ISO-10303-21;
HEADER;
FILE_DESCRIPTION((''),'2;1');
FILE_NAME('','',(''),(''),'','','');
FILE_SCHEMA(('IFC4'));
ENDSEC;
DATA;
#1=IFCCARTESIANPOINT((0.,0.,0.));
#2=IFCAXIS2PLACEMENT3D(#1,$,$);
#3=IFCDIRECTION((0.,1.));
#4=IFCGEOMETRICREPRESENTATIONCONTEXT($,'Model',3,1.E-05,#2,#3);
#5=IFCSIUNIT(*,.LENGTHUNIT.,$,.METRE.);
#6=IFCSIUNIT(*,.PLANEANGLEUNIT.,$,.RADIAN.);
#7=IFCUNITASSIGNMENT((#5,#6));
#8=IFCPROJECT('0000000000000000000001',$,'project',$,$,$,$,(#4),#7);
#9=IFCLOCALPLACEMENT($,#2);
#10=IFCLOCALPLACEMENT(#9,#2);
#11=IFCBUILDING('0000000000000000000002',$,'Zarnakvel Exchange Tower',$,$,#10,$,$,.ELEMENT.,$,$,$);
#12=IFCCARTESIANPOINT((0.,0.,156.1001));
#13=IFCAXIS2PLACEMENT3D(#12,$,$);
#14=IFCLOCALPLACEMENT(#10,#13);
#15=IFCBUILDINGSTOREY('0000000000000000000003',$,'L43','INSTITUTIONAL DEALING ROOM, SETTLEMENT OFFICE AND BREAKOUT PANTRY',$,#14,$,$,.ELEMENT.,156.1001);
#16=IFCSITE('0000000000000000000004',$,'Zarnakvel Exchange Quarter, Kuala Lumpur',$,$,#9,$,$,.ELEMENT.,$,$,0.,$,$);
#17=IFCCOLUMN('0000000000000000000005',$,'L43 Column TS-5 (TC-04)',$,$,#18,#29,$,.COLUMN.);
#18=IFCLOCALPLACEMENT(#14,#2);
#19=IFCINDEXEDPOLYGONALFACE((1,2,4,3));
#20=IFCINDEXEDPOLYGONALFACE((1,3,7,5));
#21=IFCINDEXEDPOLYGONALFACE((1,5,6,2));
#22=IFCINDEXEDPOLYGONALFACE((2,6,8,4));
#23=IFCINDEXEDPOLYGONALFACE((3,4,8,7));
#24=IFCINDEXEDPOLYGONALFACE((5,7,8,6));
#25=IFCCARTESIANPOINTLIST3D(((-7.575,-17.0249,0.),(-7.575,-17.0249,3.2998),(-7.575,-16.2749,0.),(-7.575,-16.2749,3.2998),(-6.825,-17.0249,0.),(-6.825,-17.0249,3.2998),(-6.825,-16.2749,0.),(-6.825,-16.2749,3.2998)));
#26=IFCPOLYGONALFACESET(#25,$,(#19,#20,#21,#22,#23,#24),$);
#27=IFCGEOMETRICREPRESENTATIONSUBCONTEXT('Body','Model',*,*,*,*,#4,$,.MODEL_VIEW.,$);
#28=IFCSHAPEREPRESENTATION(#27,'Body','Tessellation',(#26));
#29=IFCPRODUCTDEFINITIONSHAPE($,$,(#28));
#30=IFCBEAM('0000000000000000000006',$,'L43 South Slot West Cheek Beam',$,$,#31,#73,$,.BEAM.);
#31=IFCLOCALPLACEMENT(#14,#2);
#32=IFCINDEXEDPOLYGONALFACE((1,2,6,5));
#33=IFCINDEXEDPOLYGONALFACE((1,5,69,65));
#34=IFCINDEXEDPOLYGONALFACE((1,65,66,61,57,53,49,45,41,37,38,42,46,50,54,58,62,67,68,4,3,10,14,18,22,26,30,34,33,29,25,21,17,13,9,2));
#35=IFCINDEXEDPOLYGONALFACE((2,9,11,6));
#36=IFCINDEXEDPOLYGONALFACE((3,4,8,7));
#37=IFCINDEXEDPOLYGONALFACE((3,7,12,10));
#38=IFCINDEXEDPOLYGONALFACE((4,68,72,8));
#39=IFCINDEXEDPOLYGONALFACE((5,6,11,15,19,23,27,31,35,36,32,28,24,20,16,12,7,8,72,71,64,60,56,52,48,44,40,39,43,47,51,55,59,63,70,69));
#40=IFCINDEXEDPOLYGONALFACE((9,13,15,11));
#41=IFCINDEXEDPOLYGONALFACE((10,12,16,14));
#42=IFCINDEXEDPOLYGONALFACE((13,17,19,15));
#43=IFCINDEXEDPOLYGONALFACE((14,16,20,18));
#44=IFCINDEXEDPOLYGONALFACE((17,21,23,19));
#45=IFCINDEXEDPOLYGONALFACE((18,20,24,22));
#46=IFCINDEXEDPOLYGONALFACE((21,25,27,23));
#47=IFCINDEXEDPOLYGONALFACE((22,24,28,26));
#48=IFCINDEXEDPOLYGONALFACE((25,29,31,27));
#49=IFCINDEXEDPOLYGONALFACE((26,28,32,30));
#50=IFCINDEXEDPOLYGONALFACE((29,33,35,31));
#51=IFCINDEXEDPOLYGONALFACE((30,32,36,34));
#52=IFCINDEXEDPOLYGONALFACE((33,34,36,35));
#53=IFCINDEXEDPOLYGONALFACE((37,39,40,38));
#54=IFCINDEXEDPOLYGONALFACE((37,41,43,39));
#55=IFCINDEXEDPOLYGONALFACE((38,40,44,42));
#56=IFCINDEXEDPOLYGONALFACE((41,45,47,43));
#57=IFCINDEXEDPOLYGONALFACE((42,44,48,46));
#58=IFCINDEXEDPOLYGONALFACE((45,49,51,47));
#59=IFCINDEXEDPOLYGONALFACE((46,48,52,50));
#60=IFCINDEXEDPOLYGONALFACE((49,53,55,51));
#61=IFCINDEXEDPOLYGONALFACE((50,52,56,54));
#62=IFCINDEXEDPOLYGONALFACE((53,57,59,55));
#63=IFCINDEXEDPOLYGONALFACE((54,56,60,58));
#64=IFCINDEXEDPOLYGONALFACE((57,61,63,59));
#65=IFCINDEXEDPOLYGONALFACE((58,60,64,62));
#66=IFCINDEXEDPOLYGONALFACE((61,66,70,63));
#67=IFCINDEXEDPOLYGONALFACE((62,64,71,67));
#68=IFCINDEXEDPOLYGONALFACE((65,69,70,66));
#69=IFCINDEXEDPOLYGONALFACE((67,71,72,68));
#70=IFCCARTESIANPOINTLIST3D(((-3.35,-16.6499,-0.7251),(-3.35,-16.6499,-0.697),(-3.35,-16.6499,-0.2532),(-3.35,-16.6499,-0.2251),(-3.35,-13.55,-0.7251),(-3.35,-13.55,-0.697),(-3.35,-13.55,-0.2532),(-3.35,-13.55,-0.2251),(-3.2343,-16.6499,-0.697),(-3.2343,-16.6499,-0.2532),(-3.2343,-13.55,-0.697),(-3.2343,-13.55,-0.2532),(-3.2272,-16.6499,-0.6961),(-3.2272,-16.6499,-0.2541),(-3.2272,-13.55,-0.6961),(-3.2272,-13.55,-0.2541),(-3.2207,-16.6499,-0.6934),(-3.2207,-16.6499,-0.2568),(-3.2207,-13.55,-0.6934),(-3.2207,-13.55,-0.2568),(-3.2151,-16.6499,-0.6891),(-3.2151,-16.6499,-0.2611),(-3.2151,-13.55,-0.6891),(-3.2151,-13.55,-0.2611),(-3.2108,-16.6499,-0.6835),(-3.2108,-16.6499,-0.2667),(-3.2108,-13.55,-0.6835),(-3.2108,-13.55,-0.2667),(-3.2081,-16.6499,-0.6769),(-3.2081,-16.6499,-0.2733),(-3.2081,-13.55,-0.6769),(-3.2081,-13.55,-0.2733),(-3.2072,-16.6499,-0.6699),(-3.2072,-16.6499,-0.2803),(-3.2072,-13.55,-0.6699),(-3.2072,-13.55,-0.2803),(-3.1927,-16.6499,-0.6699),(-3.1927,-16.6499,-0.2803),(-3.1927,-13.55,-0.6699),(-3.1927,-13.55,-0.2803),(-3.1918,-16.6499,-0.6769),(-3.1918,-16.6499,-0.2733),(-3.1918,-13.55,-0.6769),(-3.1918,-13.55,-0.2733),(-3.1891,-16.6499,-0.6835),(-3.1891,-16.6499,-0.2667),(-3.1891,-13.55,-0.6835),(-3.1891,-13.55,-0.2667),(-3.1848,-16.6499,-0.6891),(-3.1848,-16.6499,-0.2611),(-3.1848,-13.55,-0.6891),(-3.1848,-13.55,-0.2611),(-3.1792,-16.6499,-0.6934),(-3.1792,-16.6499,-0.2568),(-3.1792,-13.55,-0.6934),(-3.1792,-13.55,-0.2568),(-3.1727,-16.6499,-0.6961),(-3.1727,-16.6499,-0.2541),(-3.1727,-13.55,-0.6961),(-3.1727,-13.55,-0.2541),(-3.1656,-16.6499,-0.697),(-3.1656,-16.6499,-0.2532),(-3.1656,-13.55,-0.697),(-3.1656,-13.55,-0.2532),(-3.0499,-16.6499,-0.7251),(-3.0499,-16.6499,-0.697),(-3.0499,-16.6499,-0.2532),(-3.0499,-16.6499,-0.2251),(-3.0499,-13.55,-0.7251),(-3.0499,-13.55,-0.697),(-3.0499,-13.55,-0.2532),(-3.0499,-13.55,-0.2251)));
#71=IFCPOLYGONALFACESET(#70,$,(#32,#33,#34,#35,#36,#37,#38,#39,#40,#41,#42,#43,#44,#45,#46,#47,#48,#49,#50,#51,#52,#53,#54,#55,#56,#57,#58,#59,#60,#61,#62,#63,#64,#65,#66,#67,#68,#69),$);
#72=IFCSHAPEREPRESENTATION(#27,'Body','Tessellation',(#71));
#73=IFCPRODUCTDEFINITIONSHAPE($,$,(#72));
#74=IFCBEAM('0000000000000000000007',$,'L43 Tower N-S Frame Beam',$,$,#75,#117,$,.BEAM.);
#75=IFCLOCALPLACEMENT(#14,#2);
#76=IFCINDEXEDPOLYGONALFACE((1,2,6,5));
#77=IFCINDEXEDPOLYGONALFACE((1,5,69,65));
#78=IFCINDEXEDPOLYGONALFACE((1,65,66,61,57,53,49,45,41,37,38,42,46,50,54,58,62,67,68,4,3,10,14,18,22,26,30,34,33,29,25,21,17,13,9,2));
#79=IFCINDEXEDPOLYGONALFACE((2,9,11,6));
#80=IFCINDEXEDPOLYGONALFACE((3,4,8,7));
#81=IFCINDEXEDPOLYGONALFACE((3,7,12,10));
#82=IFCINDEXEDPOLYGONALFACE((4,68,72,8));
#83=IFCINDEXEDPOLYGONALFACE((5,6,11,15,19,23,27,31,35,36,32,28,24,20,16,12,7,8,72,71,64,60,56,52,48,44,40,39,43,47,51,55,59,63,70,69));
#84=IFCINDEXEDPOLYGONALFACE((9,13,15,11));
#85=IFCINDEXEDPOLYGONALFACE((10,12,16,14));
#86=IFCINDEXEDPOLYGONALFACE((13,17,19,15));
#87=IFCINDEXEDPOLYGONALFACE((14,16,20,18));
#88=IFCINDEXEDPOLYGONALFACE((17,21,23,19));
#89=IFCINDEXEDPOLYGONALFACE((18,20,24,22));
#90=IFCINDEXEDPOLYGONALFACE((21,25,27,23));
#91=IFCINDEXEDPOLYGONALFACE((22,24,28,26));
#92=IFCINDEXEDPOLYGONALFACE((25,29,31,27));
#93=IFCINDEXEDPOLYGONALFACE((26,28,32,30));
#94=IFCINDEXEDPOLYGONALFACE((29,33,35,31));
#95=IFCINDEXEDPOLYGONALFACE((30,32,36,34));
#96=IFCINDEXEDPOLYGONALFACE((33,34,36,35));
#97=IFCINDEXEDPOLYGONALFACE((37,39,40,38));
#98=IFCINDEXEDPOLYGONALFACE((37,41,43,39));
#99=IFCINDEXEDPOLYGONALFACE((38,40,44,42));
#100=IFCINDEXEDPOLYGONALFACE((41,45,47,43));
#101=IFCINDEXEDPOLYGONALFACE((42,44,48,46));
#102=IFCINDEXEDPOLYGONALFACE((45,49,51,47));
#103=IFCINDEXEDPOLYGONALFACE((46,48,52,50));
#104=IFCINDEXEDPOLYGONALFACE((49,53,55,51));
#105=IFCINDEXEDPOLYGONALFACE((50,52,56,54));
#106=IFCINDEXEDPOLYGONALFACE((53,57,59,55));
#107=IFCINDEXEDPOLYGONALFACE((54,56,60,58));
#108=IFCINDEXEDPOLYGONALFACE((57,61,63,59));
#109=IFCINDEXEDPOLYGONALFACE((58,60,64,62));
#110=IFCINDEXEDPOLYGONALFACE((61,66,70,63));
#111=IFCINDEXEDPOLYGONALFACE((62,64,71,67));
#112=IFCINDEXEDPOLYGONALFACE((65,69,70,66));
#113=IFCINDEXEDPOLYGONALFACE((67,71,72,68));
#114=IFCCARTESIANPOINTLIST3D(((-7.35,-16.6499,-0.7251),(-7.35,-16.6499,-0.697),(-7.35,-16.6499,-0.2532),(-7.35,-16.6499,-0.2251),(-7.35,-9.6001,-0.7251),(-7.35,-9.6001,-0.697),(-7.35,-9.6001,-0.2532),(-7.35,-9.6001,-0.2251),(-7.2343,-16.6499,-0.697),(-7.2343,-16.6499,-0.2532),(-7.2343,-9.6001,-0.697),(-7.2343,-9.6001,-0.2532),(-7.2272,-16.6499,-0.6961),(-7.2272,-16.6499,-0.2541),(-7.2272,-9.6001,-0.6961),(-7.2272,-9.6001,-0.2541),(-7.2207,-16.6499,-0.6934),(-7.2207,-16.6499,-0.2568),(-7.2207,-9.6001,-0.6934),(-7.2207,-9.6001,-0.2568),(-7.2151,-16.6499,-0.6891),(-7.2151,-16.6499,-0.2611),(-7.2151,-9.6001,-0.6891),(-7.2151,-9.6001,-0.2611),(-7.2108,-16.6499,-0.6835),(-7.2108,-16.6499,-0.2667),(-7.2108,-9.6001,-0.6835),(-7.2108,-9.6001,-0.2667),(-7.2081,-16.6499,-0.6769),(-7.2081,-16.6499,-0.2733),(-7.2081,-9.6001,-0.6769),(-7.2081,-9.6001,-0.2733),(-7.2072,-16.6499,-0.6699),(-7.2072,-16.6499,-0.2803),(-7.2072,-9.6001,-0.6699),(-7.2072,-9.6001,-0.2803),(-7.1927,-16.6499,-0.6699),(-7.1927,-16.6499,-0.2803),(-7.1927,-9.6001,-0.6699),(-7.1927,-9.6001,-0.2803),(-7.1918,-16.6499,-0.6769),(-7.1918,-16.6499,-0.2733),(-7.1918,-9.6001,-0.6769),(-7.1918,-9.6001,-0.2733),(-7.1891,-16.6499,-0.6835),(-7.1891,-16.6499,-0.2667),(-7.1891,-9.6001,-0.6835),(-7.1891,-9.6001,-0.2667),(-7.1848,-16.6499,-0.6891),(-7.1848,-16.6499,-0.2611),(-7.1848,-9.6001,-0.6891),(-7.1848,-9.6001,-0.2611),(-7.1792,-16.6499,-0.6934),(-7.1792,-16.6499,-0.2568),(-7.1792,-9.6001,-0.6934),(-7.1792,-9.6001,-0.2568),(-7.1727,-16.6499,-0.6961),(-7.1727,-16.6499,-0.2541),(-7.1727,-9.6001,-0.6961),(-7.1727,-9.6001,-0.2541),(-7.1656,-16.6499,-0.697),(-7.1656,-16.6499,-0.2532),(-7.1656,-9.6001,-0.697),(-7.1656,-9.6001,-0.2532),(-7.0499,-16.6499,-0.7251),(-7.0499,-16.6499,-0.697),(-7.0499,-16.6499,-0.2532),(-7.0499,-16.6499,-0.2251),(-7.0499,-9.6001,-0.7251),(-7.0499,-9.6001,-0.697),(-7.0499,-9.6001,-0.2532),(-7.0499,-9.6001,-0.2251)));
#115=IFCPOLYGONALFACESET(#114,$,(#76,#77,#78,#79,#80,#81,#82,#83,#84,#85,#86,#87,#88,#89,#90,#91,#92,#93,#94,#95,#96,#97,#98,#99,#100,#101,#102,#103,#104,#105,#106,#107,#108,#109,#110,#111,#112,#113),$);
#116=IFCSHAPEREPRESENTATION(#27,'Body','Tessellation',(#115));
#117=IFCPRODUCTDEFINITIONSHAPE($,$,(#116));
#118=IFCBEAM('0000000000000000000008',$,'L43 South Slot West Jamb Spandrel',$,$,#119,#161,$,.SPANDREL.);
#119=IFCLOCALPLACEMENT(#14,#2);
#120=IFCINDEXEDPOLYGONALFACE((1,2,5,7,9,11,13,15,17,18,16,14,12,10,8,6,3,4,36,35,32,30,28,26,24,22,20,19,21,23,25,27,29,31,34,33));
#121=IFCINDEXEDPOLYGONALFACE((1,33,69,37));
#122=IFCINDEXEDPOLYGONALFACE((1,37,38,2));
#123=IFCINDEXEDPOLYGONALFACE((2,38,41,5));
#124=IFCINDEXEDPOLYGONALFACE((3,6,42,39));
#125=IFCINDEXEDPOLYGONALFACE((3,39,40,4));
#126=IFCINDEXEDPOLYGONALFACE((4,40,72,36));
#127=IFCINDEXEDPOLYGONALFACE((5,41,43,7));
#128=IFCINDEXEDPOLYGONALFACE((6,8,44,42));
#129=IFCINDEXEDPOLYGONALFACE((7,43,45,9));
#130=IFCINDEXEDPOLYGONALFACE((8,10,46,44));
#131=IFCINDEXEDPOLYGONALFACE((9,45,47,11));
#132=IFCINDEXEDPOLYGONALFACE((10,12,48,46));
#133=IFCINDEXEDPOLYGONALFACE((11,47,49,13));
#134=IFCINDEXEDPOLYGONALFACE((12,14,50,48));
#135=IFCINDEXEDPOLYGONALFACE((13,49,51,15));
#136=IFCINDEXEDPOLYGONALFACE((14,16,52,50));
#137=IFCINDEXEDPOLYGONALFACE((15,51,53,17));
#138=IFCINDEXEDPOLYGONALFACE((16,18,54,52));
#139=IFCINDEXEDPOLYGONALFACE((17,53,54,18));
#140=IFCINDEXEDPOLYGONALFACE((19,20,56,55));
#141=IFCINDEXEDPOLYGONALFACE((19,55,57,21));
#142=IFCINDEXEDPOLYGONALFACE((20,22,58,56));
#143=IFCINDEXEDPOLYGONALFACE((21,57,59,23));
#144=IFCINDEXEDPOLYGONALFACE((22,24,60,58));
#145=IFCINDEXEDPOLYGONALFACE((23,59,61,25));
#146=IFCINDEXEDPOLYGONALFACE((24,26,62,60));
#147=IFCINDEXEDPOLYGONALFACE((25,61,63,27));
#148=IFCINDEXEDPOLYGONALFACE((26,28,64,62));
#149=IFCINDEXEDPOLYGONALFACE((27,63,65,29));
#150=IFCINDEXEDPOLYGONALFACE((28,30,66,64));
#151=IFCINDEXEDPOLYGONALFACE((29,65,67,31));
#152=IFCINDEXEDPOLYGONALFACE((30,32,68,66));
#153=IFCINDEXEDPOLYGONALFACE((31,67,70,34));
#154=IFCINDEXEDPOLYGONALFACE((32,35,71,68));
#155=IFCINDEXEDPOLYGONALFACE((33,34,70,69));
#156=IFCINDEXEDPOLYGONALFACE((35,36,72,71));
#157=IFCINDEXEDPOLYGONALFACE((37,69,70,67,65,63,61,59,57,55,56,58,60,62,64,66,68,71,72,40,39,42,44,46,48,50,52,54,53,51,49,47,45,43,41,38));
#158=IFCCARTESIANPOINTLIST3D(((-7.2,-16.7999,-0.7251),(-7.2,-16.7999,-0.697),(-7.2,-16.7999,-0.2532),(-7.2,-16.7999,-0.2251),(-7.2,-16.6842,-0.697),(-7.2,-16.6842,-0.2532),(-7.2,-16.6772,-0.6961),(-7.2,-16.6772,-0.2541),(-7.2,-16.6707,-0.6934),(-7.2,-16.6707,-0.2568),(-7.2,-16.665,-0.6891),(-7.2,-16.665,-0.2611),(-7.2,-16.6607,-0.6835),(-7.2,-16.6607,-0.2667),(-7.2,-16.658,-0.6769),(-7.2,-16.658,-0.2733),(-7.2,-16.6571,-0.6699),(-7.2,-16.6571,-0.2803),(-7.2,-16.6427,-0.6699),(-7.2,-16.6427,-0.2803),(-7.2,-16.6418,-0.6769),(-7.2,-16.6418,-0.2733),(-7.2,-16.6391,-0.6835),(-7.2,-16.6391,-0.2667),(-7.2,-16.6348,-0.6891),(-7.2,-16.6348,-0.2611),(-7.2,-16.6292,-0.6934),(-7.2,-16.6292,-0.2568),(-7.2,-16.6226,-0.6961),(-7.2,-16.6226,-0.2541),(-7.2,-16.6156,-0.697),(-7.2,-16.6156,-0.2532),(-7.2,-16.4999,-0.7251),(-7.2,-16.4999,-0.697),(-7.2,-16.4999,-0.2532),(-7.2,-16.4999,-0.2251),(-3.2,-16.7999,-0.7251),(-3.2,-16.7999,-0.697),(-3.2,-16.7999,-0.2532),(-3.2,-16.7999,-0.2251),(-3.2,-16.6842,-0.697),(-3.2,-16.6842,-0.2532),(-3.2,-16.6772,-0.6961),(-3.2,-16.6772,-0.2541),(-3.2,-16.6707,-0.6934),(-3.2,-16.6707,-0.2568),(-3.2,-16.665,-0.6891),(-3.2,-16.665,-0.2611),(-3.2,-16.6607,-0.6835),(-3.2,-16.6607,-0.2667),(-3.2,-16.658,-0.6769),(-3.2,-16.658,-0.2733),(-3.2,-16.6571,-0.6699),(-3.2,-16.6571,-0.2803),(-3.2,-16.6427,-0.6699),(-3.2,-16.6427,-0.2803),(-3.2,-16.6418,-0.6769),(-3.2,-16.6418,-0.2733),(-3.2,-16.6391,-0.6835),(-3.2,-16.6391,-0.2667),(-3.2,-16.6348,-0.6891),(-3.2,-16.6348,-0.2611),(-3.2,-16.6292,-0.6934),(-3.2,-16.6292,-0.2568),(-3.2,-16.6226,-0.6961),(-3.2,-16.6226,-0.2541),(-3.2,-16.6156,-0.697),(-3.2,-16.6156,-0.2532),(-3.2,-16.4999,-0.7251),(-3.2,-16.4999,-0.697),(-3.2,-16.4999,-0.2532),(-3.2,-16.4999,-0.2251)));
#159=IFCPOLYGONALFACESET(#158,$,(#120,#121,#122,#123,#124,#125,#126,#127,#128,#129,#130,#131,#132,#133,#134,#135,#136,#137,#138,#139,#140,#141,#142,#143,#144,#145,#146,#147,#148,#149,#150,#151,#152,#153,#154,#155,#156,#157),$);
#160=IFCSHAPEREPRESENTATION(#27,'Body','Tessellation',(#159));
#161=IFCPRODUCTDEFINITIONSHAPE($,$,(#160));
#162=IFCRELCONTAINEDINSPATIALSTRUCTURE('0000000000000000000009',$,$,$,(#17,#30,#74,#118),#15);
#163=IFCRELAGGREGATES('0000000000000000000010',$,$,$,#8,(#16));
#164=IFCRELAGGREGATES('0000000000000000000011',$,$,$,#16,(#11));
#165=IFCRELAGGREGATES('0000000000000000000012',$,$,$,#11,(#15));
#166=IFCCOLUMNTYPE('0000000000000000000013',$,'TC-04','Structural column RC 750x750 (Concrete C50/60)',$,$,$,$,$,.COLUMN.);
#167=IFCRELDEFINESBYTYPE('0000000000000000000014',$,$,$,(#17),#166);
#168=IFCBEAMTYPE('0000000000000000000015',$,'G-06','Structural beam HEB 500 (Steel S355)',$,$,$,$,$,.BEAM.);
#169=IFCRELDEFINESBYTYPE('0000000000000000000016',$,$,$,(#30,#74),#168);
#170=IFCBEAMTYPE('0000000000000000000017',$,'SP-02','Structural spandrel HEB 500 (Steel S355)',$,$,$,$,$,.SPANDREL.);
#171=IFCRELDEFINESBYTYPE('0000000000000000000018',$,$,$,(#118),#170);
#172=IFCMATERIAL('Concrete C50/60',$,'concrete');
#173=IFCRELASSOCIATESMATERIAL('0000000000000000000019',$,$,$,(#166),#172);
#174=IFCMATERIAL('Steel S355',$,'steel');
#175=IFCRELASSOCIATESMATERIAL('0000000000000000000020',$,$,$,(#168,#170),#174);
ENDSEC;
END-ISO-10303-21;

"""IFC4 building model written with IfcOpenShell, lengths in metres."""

from ifc_helpers import new_model, si_unit, direction, frame, origin, origin_2d, place, context, subcontext, project, spatial, rectangle, i_section, extrude, material, material_profile, profile_set, type_object, element, save


model = new_model("IFC4")

# Units and contexts
model_context = context("Model", 3, precision=1e-05, world=origin(), true_north=direction((0.0, 1.0)))
body_context = subcontext(model_context, "Body", "Model", "MODEL_VIEW")
ifc_project = project(units=[si_unit("LENGTHUNIT", "METRE"), si_unit("PLANEANGLEUNIT", "RADIAN")], contexts=[model_context])

# Site, building, storey
site_placement = place(None, origin())
site = spatial("IfcSite", under=ifc_project, at=site_placement, Name="Zarnakvel Exchange Quarter, Kuala Lumpur", CompositionType="ELEMENT", RefElevation=0.0)
building_placement = place(site_placement, origin())
building = spatial("IfcBuilding", under=site, at=building_placement, Name="Zarnakvel Exchange Tower", CompositionType="ELEMENT")
storey_placement = place(building_placement, frame((0.0, 0.0, 156.1001)))
storey = spatial("IfcBuildingStorey", under=building, at=storey_placement, Name="L43", Description="INSTITUTIONAL DEALING ROOM, SETTLEMENT OFFICE AND BREAKOUT PANTRY", CompositionType="ELEMENT", Elevation=156.1001)

# Column
ifc_material_1 = material(Name="Concrete C50/60", Category="concrete")
ifc_material_profile_1 = material_profile(ifc_material_1, rectangle(XDim=0.75, YDim=0.75, at=origin_2d()))
ifc_profile_set_1 = profile_set([ifc_material_profile_1], Name="Concrete C50/60")
column_type = type_object("IfcColumnType", Name="TC-04", Description="Structural column RC 750x750 (Concrete C50/60)", PredefinedType="COLUMN", material=ifc_profile_set_1)
column_placement = place(storey_placement, frame((-7.2, -16.6499, 0.0), z_axis=(0.0, 0.0, 1.0), x_axis=(1.0, 0.0, 0.0)))
element("IfcColumn", 1, at=column_placement, inside=storey, type_object=column_type, Name="L43 Column TS-5 (TC-04)", PredefinedType="COLUMN", context=body_context, shape_type="SweptSolid", body=[
    extrude(rectangle(XDim=0.75, YDim=0.75, at=origin_2d()), origin(), (0.0, 0.0, 1.0), 3.2998),
])

# Beams
ifc_material_2 = material(Name="Steel S355", Category="steel")
ifc_material_profile_2 = material_profile(ifc_material_2, i_section(OverallWidth=0.3, OverallDepth=0.5, WebThickness=0.0144, FlangeThickness=0.0281, FilletRadius=0.0271, at=origin_2d()))
ifc_profile_set_2 = profile_set([ifc_material_profile_2], Name="Steel S355")
beam_type_1 = type_object("IfcBeamType", Name="G-06", Description="Structural beam HEB 500 (Steel S355)", PredefinedType="BEAM", material=ifc_profile_set_2)
beam_1_placement = place(storey_placement, frame((-3.2, -16.6499, -0.4751), z_axis=(0.0, 1.0, 0.0), x_axis=(-1.0, 0.0, 0.0)))
element("IfcBeam", 2, at=beam_1_placement, inside=storey, type_object=beam_type_1, Name="L43 South Slot West Cheek Beam", PredefinedType="BEAM", context=body_context, shape_type="SweptSolid", body=[
    extrude(i_section(OverallWidth=0.3, OverallDepth=0.5, WebThickness=0.0144, FlangeThickness=0.0281, FilletRadius=0.0271, at=origin_2d()), origin(), (0.0, 0.0, 1.0), 3.0999),
])
beam_2_placement = place(storey_placement, frame((-7.2, -16.6499, -0.4751), z_axis=(0.0, 1.0, 0.0), x_axis=(-1.0, 0.0, 0.0)))
element("IfcBeam", 3, at=beam_2_placement, inside=storey, type_object=beam_type_1, Name="L43 Tower N-S Frame Beam", PredefinedType="BEAM", context=body_context, shape_type="SweptSolid", body=[
    extrude(i_section(OverallWidth=0.3, OverallDepth=0.5, WebThickness=0.0144, FlangeThickness=0.0281, FilletRadius=0.0271, at=origin_2d()), origin(), (0.0, 0.0, 1.0), 7.0498),
])
ifc_material_profile_3 = material_profile(ifc_material_2, i_section(OverallWidth=0.3, OverallDepth=0.5, WebThickness=0.0144, FlangeThickness=0.0281, FilletRadius=0.0271, at=origin_2d()))
ifc_profile_set_3 = profile_set([ifc_material_profile_3], Name="Steel S355")
beam_type_2 = type_object("IfcBeamType", Name="SP-02", Description="Structural spandrel HEB 500 (Steel S355)", PredefinedType="SPANDREL", material=ifc_profile_set_3)
beam_3_placement = place(storey_placement, frame((-7.2, -16.6499, -0.4751), z_axis=(1.0, 0.0, 0.0), x_axis=(0.0, 1.0, 0.0)))
element("IfcBeam", 4, at=beam_3_placement, inside=storey, type_object=beam_type_2, Name="L43 South Slot West Jamb Spandrel", PredefinedType="SPANDREL", context=body_context, shape_type="SweptSolid", body=[
    extrude(i_section(OverallWidth=0.3, OverallDepth=0.5, WebThickness=0.0144, FlangeThickness=0.0281, FilletRadius=0.0271, at=origin_2d()), origin(), (0.0, 0.0, 1.0), 4.0),
])

save(model, "model.ifc")
